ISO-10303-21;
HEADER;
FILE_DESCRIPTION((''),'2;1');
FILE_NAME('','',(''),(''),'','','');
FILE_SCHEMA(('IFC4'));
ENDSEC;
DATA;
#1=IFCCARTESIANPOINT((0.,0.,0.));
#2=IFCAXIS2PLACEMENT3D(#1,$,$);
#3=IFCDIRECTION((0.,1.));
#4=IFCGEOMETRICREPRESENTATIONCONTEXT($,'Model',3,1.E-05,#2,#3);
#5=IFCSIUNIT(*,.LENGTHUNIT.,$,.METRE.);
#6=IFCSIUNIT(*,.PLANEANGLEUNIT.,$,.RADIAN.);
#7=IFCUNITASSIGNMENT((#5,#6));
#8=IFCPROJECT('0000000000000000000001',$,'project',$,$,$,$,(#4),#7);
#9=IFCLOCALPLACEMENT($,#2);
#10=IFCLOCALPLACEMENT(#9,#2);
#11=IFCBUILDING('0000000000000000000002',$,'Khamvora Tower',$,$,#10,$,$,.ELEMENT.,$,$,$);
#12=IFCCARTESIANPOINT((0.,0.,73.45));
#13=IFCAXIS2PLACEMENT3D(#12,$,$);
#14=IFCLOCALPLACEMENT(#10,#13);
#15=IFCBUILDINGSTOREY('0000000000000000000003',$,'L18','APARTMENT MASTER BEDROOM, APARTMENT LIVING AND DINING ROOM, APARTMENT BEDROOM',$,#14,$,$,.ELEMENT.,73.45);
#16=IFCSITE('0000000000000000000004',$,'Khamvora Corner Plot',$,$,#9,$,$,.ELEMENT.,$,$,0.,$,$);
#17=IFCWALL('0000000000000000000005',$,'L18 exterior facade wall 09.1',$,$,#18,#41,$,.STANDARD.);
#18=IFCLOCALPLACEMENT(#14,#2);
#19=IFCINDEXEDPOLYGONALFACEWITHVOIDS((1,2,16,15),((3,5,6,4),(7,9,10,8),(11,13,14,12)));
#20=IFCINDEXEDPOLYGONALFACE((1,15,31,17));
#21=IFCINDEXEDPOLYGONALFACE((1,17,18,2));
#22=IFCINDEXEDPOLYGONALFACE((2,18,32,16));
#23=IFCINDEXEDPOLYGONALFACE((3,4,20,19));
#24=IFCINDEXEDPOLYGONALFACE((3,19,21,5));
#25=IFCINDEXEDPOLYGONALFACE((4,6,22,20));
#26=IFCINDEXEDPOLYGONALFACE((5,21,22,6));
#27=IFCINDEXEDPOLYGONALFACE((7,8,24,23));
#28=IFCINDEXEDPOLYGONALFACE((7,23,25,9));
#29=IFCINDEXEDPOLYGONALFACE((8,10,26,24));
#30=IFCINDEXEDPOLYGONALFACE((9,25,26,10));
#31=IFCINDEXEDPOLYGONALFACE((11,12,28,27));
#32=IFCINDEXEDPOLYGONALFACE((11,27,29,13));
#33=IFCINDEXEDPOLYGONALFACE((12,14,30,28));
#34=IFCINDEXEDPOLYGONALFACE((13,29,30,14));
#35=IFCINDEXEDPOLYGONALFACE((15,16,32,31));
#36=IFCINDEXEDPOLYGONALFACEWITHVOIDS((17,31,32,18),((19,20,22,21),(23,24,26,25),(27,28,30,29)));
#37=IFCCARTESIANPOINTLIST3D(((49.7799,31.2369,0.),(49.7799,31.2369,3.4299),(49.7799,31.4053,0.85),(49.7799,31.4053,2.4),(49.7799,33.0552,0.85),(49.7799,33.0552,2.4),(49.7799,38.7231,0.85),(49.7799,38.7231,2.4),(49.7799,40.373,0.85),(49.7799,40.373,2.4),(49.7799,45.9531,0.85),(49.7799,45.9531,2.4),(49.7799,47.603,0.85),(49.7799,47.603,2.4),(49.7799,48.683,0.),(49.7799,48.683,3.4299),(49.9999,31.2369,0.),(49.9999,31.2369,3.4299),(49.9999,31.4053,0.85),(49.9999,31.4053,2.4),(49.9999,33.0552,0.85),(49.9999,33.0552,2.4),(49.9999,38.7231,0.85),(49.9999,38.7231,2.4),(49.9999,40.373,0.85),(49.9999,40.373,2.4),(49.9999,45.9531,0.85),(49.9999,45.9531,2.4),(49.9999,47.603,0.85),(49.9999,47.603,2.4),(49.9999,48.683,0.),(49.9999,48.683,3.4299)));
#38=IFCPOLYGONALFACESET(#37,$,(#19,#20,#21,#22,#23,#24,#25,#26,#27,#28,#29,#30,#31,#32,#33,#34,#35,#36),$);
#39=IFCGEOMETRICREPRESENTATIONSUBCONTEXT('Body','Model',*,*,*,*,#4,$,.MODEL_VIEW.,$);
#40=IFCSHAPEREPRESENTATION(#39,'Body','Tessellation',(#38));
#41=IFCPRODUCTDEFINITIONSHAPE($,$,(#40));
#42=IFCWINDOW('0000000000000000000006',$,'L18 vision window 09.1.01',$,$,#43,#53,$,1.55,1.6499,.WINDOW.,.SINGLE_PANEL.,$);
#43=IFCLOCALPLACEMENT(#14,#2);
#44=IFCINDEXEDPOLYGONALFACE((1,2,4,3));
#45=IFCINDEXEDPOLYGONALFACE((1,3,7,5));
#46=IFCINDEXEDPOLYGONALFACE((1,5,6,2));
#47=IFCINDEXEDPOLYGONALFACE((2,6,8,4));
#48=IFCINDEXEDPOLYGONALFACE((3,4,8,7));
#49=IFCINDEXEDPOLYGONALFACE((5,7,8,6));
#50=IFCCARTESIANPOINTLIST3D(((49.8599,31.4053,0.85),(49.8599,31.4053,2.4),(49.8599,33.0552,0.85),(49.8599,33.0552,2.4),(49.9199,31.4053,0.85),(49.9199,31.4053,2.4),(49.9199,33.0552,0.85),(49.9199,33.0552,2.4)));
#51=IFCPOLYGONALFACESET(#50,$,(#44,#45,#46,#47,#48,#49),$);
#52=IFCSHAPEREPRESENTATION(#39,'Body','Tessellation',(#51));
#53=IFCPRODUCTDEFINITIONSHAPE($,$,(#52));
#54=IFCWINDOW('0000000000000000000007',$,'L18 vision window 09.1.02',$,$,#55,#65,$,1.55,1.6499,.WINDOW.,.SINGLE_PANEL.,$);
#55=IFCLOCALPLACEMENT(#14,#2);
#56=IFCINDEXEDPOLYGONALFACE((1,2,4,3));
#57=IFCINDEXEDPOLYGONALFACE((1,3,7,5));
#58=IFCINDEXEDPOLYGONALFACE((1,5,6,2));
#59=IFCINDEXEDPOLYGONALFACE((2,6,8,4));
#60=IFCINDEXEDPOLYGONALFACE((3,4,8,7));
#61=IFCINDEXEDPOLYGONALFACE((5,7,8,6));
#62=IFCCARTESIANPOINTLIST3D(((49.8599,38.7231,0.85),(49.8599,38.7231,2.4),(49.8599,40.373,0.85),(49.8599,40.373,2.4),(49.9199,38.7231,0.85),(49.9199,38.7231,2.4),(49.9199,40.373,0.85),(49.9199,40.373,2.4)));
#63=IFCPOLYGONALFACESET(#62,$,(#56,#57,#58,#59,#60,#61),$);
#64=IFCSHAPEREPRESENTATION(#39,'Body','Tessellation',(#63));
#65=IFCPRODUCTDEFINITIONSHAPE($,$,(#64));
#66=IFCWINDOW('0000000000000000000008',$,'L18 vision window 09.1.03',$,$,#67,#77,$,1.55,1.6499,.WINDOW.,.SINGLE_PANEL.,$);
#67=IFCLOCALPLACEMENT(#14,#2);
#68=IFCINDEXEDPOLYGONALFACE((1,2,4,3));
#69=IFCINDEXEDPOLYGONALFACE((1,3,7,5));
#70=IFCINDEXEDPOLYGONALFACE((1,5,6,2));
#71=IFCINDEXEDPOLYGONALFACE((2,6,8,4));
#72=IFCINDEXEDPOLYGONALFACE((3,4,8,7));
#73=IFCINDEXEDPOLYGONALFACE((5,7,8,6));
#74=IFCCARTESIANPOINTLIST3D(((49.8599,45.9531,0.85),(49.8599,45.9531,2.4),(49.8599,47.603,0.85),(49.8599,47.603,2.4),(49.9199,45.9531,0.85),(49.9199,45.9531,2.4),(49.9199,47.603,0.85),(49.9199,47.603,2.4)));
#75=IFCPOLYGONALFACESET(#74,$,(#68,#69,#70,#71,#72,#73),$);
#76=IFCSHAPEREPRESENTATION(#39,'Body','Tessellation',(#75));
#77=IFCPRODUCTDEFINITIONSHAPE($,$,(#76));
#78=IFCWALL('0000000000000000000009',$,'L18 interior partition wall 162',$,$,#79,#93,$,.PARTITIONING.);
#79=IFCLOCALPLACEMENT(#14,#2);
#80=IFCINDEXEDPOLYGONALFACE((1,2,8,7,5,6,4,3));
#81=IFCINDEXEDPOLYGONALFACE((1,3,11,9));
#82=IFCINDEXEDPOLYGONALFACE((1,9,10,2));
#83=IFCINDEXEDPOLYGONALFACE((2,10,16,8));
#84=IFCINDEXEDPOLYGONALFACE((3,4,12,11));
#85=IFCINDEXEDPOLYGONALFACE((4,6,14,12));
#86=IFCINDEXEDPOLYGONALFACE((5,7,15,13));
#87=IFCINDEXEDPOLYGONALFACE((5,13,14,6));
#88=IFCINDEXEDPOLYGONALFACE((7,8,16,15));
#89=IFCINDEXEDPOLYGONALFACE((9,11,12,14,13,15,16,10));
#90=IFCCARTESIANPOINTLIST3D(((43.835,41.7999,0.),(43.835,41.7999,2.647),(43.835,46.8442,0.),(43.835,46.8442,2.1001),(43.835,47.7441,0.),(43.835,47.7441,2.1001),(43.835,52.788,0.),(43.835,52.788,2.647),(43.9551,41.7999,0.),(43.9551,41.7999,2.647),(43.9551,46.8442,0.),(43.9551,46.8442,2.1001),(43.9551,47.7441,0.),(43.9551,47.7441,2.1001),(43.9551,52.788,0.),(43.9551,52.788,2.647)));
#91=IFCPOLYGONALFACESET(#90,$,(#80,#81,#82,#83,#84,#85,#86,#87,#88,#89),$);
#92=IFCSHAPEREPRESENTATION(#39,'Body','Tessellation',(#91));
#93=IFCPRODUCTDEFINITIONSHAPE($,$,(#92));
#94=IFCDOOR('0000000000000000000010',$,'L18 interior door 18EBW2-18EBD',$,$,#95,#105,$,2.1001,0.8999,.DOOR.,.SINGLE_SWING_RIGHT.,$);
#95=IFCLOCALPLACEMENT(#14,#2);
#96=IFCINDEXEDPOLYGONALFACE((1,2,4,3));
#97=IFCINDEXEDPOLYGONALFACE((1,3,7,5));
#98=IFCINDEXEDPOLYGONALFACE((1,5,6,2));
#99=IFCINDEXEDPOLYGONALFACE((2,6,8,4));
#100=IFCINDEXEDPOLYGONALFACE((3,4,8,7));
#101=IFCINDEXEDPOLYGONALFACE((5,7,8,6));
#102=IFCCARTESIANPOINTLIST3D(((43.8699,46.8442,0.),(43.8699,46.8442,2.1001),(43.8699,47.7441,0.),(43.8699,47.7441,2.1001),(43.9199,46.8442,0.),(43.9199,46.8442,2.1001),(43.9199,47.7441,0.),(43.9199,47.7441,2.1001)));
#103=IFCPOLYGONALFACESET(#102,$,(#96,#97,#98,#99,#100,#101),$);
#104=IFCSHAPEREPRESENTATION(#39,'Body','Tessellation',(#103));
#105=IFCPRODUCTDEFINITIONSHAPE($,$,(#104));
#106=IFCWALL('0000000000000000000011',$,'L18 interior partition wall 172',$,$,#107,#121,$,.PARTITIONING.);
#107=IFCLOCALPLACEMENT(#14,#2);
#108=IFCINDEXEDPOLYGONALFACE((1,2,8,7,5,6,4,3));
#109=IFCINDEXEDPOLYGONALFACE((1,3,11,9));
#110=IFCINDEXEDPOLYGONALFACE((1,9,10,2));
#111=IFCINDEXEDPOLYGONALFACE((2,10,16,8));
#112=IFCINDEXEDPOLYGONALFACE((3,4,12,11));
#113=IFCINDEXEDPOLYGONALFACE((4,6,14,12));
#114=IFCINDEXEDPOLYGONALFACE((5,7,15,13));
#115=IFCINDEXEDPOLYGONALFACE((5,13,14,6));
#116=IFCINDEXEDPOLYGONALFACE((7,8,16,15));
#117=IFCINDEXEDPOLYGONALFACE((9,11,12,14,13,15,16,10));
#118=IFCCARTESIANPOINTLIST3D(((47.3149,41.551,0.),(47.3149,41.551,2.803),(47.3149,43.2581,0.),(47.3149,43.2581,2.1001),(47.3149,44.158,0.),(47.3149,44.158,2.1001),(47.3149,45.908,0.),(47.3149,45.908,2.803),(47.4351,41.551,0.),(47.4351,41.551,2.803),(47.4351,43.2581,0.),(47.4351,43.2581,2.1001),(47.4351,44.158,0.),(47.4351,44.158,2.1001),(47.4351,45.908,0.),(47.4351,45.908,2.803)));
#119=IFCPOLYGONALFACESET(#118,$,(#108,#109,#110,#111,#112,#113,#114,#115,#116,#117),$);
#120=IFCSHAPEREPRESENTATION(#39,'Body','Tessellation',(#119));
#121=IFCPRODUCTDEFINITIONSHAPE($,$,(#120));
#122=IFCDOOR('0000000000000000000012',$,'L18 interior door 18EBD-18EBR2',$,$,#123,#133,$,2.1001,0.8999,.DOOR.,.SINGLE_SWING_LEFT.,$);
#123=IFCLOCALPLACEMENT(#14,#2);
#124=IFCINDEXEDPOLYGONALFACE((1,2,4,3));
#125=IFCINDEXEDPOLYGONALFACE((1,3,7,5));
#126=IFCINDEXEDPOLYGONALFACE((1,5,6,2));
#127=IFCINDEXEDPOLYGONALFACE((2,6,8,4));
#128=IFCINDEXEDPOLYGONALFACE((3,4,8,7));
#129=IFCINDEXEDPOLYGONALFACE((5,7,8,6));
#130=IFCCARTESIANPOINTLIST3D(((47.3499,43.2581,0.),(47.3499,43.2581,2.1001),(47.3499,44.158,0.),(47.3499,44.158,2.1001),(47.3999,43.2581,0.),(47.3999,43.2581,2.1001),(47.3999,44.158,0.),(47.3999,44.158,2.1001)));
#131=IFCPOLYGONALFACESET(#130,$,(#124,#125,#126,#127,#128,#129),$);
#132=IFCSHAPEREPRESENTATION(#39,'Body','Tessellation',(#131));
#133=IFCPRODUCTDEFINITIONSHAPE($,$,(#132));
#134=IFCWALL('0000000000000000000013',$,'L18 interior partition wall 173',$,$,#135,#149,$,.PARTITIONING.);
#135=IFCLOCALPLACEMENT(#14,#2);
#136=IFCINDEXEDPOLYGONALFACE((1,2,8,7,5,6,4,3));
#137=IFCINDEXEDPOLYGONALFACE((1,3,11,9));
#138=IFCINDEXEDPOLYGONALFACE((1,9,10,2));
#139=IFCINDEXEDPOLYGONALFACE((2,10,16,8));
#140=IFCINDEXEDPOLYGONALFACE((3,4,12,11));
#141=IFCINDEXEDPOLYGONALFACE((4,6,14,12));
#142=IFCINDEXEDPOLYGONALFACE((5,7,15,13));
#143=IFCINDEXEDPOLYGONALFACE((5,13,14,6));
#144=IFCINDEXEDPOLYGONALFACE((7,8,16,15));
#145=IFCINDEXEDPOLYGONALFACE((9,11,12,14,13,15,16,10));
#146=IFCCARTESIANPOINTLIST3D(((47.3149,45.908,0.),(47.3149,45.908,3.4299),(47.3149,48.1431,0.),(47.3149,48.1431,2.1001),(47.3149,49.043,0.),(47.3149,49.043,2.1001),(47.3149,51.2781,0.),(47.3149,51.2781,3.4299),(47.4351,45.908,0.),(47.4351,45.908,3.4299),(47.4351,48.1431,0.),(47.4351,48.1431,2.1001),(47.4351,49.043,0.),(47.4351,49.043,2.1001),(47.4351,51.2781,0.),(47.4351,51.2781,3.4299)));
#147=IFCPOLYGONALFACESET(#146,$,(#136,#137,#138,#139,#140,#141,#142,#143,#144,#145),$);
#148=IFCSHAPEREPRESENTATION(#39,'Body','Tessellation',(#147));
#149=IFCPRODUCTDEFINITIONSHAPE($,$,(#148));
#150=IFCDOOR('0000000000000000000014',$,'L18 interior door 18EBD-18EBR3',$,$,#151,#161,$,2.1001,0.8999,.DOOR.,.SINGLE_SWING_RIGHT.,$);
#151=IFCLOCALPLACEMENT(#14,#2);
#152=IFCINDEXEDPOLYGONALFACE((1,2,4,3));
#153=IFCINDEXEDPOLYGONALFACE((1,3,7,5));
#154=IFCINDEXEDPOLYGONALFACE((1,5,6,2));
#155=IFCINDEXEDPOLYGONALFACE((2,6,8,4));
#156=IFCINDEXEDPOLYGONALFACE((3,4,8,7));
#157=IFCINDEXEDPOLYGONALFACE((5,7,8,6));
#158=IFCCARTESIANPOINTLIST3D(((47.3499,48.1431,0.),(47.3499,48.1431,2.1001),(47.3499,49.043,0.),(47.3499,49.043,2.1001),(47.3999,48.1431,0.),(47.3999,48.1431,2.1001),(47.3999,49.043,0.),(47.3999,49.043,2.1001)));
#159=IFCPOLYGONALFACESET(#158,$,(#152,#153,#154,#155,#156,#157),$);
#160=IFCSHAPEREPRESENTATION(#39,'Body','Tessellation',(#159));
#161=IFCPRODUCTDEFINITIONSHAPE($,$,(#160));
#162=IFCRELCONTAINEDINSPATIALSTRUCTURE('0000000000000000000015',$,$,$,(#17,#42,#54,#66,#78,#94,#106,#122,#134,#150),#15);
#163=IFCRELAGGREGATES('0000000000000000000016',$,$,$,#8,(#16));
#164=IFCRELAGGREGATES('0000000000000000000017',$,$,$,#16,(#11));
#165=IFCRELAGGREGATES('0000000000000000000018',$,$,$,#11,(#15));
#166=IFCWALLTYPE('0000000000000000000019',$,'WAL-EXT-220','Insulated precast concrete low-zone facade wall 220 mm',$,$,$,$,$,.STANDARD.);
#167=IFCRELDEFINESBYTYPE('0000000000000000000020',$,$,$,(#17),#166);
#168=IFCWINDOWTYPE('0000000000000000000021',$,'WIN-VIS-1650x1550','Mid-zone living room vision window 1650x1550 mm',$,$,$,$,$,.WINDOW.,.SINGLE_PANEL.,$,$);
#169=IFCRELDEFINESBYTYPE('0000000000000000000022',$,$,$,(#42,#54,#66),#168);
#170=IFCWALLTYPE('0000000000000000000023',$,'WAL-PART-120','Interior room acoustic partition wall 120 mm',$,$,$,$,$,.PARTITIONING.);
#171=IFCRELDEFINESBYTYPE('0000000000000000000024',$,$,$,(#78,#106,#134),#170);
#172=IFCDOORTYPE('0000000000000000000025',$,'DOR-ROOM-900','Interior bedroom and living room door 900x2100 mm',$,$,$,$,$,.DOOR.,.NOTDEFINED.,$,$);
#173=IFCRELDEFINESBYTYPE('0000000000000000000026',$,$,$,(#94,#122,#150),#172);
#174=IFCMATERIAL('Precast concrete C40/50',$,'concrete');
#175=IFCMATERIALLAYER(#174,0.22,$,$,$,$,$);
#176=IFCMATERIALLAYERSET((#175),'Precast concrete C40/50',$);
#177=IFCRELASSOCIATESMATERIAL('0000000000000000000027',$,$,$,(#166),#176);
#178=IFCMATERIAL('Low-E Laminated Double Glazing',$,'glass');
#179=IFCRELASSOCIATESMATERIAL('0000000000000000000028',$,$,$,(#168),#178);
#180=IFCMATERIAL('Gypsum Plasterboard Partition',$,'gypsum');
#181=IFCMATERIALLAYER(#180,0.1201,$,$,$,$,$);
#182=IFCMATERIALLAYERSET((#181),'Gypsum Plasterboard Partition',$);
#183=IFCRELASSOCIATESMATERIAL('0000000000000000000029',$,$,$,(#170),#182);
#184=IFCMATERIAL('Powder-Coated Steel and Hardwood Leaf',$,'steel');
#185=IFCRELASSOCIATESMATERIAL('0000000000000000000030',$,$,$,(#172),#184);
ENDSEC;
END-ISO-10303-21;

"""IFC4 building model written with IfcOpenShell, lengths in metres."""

from ifc_helpers import new_model, si_unit, direction, frame, frame_2d, origin, place, context, subcontext, project, spatial, rectangle, extrude, material, layer, layer_set, type_object, element, fill, save


model = new_model("IFC4")

# Units and contexts
model_context = context("Model", 3, precision=1e-05, world=origin(), true_north=direction((0.0, 1.0)))
body_context = subcontext(model_context, "Body", "Model", "MODEL_VIEW")
ifc_project = project(units=[si_unit("LENGTHUNIT", "METRE"), si_unit("PLANEANGLEUNIT", "RADIAN")], contexts=[model_context])

# Site, building, storey
site_placement = place(None, origin())
site = spatial("IfcSite", under=ifc_project, at=site_placement, Name="Khamvora Corner Plot", CompositionType="ELEMENT", RefElevation=0.0)
building_placement = place(site_placement, origin())
building = spatial("IfcBuilding", under=site, at=building_placement, Name="Khamvora Tower", CompositionType="ELEMENT")
storey_placement = place(building_placement, frame((0.0, 0.0, 73.45)))
storey = spatial("IfcBuildingStorey", under=building, at=storey_placement, Name="L18", Description="APARTMENT MASTER BEDROOM, APARTMENT LIVING AND DINING ROOM, APARTMENT BEDROOM", CompositionType="ELEMENT", Elevation=73.45)

# Shared definitions
ifc_material_1 = material(Name="Precast concrete C40/50", Category="concrete")
ifc_layer_1 = layer(ifc_material_1, 0.22)
ifc_layer_set_1 = layer_set([ifc_layer_1], Name="Precast concrete C40/50")
wall_type_1 = type_object("IfcWallType", Name="WAL-EXT-220", Description="Insulated precast concrete low-zone facade wall 220 mm", PredefinedType="STANDARD", material=ifc_layer_set_1)

# Wall, openings, windows
wall_1_placement = place(storey_placement, frame((49.8899, 48.6831, 0.0), z_axis=(0.0, 0.0, 1.0), x_axis=(0.0, -1.0, 0.0)))
wall_1 = element("IfcWall", 1, at=wall_1_placement, inside=storey, type_object=wall_type_1, Name="L18 exterior facade wall 09.1", PredefinedType="STANDARD", context=body_context, shape_type="SweptSolid", body=[
    extrude(rectangle(XDim=17.446, YDim=0.22, at=frame_2d((8.7231, 0.0))), origin(), (0.0, 0.0, 1.0), 3.4299),
])
opening_1_placement = place(wall_1_placement, frame((15.6279, 0.0, 0.8501)))
opening_1 = element("IfcOpeningElement", 2, at=opening_1_placement, cuts=wall_1, PredefinedType="OPENING", context=body_context, shape_type="SweptSolid", body=[
    extrude(rectangle(XDim=1.6499, YDim=1.55, at=frame_2d((0.825, 0.7749))), frame((0.0, 0.1199, 0.0), z_axis=(0.0, -1.0, 0.0), x_axis=(1.0, 0.0, 0.0)), (0.0, 0.0, 1.0), 0.24),
])
opening_2_placement = place(wall_1_placement, frame((8.3101, 0.0, 0.8501)))
opening_2 = element("IfcOpeningElement", 3, at=opening_2_placement, cuts=wall_1, PredefinedType="OPENING", context=body_context, shape_type="SweptSolid", body=[
    extrude(rectangle(XDim=1.6499, YDim=1.55, at=frame_2d((0.825, 0.7749))), frame((0.0, 0.1199, 0.0), z_axis=(0.0, -1.0, 0.0), x_axis=(1.0, 0.0, 0.0)), (0.0, 0.0, 1.0), 0.24),
])
opening_3_placement = place(wall_1_placement, frame((1.0801, 0.0, 0.8501)))
opening_3 = element("IfcOpeningElement", 4, at=opening_3_placement, cuts=wall_1, PredefinedType="OPENING", context=body_context, shape_type="SweptSolid", body=[
    extrude(rectangle(XDim=1.6499, YDim=1.55, at=frame_2d((0.825, 0.7749))), frame((0.0, 0.1199, 0.0), z_axis=(0.0, -1.0, 0.0), x_axis=(1.0, 0.0, 0.0)), (0.0, 0.0, 1.0), 0.24),
])
ifc_material_2 = material(Name="Low-E Laminated Double Glazing", Category="glass")
window_type = type_object("IfcWindowType", Name="WIN-VIS-1650x1550", Description="Mid-zone living room vision window 1650x1550 mm", PartitioningType="SINGLE_PANEL", PredefinedType="WINDOW", material=ifc_material_2)
window_1_placement = place(opening_1_placement, origin())
window_1 = element("IfcWindow", 5, at=window_1_placement, inside=storey, type_object=window_type, Name="L18 vision window 09.1.01", OverallHeight=1.55, OverallWidth=1.6499, PartitioningType="SINGLE_PANEL", PredefinedType="WINDOW", context=body_context, shape_type="SweptSolid", body=[
    extrude(rectangle(XDim=1.6499, YDim=1.55, at=frame_2d((0.825, 0.7749))), frame((0.0, 0.03, 0.0), z_axis=(0.0, -1.0, 0.0), x_axis=(1.0, 0.0, 0.0)), (0.0, 0.0, 1.0), 0.0601),
])
fill(opening_1, window_1)
window_2_placement = place(opening_2_placement, origin())
window_2 = element("IfcWindow", 6, at=window_2_placement, inside=storey, type_object=window_type, Name="L18 vision window 09.1.02", OverallHeight=1.55, OverallWidth=1.6499, PartitioningType="SINGLE_PANEL", PredefinedType="WINDOW", context=body_context, shape_type="SweptSolid", body=[
    extrude(rectangle(XDim=1.6499, YDim=1.55, at=frame_2d((0.825, 0.7749))), frame((0.0, 0.03, 0.0), z_axis=(0.0, -1.0, 0.0), x_axis=(1.0, 0.0, 0.0)), (0.0, 0.0, 1.0), 0.0601),
])
fill(opening_2, window_2)
window_3_placement = place(opening_3_placement, origin())
window_3 = element("IfcWindow", 7, at=window_3_placement, inside=storey, type_object=window_type, Name="L18 vision window 09.1.03", OverallHeight=1.55, OverallWidth=1.6499, PartitioningType="SINGLE_PANEL", PredefinedType="WINDOW", context=body_context, shape_type="SweptSolid", body=[
    extrude(rectangle(XDim=1.6499, YDim=1.55, at=frame_2d((0.825, 0.7749))), frame((0.0, 0.03, 0.0), z_axis=(0.0, -1.0, 0.0), x_axis=(1.0, 0.0, 0.0)), (0.0, 0.0, 1.0), 0.0601),
])
fill(opening_3, window_3)

# Walls, openings, doors
ifc_material_3 = material(Name="Gypsum Plasterboard Partition", Category="gypsum")
ifc_layer_2 = layer(ifc_material_3, 0.1201)
ifc_layer_set_2 = layer_set([ifc_layer_2], Name="Gypsum Plasterboard Partition")
wall_type_2 = type_object("IfcWallType", Name="WAL-PART-120", Description="Interior room acoustic partition wall 120 mm", PredefinedType="PARTITIONING", material=ifc_layer_set_2)
wall_2_placement = place(storey_placement, frame((43.895, 52.7881, 0.0), z_axis=(0.0, 0.0, 1.0), x_axis=(0.0, -1.0, 0.0)))
wall_2 = element("IfcWall", 8, at=wall_2_placement, inside=storey, type_object=wall_type_2, Name="L18 interior partition wall 162", PredefinedType="PARTITIONING", context=body_context, shape_type="SweptSolid", body=[
    extrude(rectangle(XDim=10.988, YDim=0.1201, at=frame_2d((5.4941, 0.0))), origin(), (0.0, 0.0, 1.0), 2.647),
])
opening_4_placement = place(wall_2_placement, frame((5.0439, 0.0, 0.0)))
opening_4 = element("IfcOpeningElement", 9, at=opening_4_placement, cuts=wall_2, PredefinedType="OPENING", context=body_context, shape_type="SweptSolid", body=[
    extrude(rectangle(XDim=0.8999, YDim=2.1001, at=frame_2d((0.45, 1.05))), frame((0.0, 0.0701, 0.0), z_axis=(0.0, -1.0, 0.0), x_axis=(1.0, 0.0, 0.0)), (0.0, 0.0, 1.0), 0.1401),
])
ifc_material_4 = material(Name="Powder-Coated Steel and Hardwood Leaf", Category="steel")
door_type = type_object("IfcDoorType", Name="DOR-ROOM-900", Description="Interior bedroom and living room door 900x2100 mm", OperationType="NOTDEFINED", PredefinedType="DOOR", material=ifc_material_4)
door_1_placement = place(opening_4_placement, origin())
door_1 = element("IfcDoor", 10, at=door_1_placement, inside=storey, type_object=door_type, Name="L18 interior door 18EBW2-18EBD", OperationType="SINGLE_SWING_RIGHT", OverallHeight=2.1001, OverallWidth=0.8999, PredefinedType="DOOR", context=body_context, shape_type="SweptSolid", body=[
    extrude(rectangle(XDim=0.8999, YDim=2.1001, at=frame_2d((0.45, 1.05))), frame((0.0, 0.0249, 0.0), z_axis=(0.0, -1.0, 0.0), x_axis=(1.0, 0.0, 0.0)), (0.0, 0.0, 1.0), 0.05),
])
fill(opening_4, door_1)
wall_3_placement = place(storey_placement, frame((47.375, 45.908, 0.0), z_axis=(0.0, 0.0, 1.0), x_axis=(0.0, -1.0, 0.0)))
wall_3 = element("IfcWall", 11, at=wall_3_placement, inside=storey, type_object=wall_type_2, Name="L18 interior partition wall 172", PredefinedType="PARTITIONING", context=body_context, shape_type="SweptSolid", body=[
    extrude(rectangle(XDim=4.3569, YDim=0.1201, at=frame_2d((2.1785, 0.0))), origin(), (0.0, 0.0, 1.0), 2.803),
])
opening_5_placement = place(wall_3_placement, frame((1.75, 0.0, 0.0)))
opening_5 = element("IfcOpeningElement", 12, at=opening_5_placement, cuts=wall_3, PredefinedType="OPENING", context=body_context, shape_type="SweptSolid", body=[
    extrude(rectangle(XDim=0.8999, YDim=2.1001, at=frame_2d((0.45, 1.05))), frame((0.0, 0.0701, 0.0), z_axis=(0.0, -1.0, 0.0), x_axis=(1.0, 0.0, 0.0)), (0.0, 0.0, 1.0), 0.1401),
])
door_2_placement = place(opening_5_placement, origin())
door_2 = element("IfcDoor", 13, at=door_2_placement, inside=storey, type_object=door_type, Name="L18 interior door 18EBD-18EBR2", OperationType="SINGLE_SWING_LEFT", OverallHeight=2.1001, OverallWidth=0.8999, PredefinedType="DOOR", context=body_context, shape_type="SweptSolid", body=[
    extrude(rectangle(XDim=0.8999, YDim=2.1001, at=frame_2d((0.45, 1.05))), frame((0.0, 0.0249, 0.0), z_axis=(0.0, -1.0, 0.0), x_axis=(1.0, 0.0, 0.0)), (0.0, 0.0, 1.0), 0.05),
])
fill(opening_5, door_2)
wall_4_placement = place(storey_placement, frame((47.375, 51.2781, 0.0), z_axis=(0.0, 0.0, 1.0), x_axis=(0.0, -1.0, 0.0)))
wall_4 = element("IfcWall", 14, at=wall_4_placement, inside=storey, type_object=wall_type_2, Name="L18 interior partition wall 173", PredefinedType="PARTITIONING", context=body_context, shape_type="SweptSolid", body=[
    extrude(rectangle(XDim=5.3701, YDim=0.1201, at=frame_2d((2.6851, 0.0))), origin(), (0.0, 0.0, 1.0), 3.4299),
])
opening_6_placement = place(wall_4_placement, frame((2.2351, 0.0, 0.0)))
opening_6 = element("IfcOpeningElement", 15, at=opening_6_placement, cuts=wall_4, PredefinedType="OPENING", context=body_context, shape_type="SweptSolid", body=[
    extrude(rectangle(XDim=0.8999, YDim=2.1001, at=frame_2d((0.45, 1.05))), frame((0.0, 0.0701, 0.0), z_axis=(0.0, -1.0, 0.0), x_axis=(1.0, 0.0, 0.0)), (0.0, 0.0, 1.0), 0.1401),
])
door_3_placement = place(opening_6_placement, origin())
door_3 = element("IfcDoor", 16, at=door_3_placement, inside=storey, type_object=door_type, Name="L18 interior door 18EBD-18EBR3", OperationType="SINGLE_SWING_RIGHT", OverallHeight=2.1001, OverallWidth=0.8999, PredefinedType="DOOR", context=body_context, shape_type="SweptSolid", body=[
    extrude(rectangle(XDim=0.8999, YDim=2.1001, at=frame_2d((0.45, 1.05))), frame((0.0, 0.0249, 0.0), z_axis=(0.0, -1.0, 0.0), x_axis=(1.0, 0.0, 0.0)), (0.0, 0.0, 1.0), 0.05),
])
fill(opening_6, door_3)

save(model, "model.ifc")
